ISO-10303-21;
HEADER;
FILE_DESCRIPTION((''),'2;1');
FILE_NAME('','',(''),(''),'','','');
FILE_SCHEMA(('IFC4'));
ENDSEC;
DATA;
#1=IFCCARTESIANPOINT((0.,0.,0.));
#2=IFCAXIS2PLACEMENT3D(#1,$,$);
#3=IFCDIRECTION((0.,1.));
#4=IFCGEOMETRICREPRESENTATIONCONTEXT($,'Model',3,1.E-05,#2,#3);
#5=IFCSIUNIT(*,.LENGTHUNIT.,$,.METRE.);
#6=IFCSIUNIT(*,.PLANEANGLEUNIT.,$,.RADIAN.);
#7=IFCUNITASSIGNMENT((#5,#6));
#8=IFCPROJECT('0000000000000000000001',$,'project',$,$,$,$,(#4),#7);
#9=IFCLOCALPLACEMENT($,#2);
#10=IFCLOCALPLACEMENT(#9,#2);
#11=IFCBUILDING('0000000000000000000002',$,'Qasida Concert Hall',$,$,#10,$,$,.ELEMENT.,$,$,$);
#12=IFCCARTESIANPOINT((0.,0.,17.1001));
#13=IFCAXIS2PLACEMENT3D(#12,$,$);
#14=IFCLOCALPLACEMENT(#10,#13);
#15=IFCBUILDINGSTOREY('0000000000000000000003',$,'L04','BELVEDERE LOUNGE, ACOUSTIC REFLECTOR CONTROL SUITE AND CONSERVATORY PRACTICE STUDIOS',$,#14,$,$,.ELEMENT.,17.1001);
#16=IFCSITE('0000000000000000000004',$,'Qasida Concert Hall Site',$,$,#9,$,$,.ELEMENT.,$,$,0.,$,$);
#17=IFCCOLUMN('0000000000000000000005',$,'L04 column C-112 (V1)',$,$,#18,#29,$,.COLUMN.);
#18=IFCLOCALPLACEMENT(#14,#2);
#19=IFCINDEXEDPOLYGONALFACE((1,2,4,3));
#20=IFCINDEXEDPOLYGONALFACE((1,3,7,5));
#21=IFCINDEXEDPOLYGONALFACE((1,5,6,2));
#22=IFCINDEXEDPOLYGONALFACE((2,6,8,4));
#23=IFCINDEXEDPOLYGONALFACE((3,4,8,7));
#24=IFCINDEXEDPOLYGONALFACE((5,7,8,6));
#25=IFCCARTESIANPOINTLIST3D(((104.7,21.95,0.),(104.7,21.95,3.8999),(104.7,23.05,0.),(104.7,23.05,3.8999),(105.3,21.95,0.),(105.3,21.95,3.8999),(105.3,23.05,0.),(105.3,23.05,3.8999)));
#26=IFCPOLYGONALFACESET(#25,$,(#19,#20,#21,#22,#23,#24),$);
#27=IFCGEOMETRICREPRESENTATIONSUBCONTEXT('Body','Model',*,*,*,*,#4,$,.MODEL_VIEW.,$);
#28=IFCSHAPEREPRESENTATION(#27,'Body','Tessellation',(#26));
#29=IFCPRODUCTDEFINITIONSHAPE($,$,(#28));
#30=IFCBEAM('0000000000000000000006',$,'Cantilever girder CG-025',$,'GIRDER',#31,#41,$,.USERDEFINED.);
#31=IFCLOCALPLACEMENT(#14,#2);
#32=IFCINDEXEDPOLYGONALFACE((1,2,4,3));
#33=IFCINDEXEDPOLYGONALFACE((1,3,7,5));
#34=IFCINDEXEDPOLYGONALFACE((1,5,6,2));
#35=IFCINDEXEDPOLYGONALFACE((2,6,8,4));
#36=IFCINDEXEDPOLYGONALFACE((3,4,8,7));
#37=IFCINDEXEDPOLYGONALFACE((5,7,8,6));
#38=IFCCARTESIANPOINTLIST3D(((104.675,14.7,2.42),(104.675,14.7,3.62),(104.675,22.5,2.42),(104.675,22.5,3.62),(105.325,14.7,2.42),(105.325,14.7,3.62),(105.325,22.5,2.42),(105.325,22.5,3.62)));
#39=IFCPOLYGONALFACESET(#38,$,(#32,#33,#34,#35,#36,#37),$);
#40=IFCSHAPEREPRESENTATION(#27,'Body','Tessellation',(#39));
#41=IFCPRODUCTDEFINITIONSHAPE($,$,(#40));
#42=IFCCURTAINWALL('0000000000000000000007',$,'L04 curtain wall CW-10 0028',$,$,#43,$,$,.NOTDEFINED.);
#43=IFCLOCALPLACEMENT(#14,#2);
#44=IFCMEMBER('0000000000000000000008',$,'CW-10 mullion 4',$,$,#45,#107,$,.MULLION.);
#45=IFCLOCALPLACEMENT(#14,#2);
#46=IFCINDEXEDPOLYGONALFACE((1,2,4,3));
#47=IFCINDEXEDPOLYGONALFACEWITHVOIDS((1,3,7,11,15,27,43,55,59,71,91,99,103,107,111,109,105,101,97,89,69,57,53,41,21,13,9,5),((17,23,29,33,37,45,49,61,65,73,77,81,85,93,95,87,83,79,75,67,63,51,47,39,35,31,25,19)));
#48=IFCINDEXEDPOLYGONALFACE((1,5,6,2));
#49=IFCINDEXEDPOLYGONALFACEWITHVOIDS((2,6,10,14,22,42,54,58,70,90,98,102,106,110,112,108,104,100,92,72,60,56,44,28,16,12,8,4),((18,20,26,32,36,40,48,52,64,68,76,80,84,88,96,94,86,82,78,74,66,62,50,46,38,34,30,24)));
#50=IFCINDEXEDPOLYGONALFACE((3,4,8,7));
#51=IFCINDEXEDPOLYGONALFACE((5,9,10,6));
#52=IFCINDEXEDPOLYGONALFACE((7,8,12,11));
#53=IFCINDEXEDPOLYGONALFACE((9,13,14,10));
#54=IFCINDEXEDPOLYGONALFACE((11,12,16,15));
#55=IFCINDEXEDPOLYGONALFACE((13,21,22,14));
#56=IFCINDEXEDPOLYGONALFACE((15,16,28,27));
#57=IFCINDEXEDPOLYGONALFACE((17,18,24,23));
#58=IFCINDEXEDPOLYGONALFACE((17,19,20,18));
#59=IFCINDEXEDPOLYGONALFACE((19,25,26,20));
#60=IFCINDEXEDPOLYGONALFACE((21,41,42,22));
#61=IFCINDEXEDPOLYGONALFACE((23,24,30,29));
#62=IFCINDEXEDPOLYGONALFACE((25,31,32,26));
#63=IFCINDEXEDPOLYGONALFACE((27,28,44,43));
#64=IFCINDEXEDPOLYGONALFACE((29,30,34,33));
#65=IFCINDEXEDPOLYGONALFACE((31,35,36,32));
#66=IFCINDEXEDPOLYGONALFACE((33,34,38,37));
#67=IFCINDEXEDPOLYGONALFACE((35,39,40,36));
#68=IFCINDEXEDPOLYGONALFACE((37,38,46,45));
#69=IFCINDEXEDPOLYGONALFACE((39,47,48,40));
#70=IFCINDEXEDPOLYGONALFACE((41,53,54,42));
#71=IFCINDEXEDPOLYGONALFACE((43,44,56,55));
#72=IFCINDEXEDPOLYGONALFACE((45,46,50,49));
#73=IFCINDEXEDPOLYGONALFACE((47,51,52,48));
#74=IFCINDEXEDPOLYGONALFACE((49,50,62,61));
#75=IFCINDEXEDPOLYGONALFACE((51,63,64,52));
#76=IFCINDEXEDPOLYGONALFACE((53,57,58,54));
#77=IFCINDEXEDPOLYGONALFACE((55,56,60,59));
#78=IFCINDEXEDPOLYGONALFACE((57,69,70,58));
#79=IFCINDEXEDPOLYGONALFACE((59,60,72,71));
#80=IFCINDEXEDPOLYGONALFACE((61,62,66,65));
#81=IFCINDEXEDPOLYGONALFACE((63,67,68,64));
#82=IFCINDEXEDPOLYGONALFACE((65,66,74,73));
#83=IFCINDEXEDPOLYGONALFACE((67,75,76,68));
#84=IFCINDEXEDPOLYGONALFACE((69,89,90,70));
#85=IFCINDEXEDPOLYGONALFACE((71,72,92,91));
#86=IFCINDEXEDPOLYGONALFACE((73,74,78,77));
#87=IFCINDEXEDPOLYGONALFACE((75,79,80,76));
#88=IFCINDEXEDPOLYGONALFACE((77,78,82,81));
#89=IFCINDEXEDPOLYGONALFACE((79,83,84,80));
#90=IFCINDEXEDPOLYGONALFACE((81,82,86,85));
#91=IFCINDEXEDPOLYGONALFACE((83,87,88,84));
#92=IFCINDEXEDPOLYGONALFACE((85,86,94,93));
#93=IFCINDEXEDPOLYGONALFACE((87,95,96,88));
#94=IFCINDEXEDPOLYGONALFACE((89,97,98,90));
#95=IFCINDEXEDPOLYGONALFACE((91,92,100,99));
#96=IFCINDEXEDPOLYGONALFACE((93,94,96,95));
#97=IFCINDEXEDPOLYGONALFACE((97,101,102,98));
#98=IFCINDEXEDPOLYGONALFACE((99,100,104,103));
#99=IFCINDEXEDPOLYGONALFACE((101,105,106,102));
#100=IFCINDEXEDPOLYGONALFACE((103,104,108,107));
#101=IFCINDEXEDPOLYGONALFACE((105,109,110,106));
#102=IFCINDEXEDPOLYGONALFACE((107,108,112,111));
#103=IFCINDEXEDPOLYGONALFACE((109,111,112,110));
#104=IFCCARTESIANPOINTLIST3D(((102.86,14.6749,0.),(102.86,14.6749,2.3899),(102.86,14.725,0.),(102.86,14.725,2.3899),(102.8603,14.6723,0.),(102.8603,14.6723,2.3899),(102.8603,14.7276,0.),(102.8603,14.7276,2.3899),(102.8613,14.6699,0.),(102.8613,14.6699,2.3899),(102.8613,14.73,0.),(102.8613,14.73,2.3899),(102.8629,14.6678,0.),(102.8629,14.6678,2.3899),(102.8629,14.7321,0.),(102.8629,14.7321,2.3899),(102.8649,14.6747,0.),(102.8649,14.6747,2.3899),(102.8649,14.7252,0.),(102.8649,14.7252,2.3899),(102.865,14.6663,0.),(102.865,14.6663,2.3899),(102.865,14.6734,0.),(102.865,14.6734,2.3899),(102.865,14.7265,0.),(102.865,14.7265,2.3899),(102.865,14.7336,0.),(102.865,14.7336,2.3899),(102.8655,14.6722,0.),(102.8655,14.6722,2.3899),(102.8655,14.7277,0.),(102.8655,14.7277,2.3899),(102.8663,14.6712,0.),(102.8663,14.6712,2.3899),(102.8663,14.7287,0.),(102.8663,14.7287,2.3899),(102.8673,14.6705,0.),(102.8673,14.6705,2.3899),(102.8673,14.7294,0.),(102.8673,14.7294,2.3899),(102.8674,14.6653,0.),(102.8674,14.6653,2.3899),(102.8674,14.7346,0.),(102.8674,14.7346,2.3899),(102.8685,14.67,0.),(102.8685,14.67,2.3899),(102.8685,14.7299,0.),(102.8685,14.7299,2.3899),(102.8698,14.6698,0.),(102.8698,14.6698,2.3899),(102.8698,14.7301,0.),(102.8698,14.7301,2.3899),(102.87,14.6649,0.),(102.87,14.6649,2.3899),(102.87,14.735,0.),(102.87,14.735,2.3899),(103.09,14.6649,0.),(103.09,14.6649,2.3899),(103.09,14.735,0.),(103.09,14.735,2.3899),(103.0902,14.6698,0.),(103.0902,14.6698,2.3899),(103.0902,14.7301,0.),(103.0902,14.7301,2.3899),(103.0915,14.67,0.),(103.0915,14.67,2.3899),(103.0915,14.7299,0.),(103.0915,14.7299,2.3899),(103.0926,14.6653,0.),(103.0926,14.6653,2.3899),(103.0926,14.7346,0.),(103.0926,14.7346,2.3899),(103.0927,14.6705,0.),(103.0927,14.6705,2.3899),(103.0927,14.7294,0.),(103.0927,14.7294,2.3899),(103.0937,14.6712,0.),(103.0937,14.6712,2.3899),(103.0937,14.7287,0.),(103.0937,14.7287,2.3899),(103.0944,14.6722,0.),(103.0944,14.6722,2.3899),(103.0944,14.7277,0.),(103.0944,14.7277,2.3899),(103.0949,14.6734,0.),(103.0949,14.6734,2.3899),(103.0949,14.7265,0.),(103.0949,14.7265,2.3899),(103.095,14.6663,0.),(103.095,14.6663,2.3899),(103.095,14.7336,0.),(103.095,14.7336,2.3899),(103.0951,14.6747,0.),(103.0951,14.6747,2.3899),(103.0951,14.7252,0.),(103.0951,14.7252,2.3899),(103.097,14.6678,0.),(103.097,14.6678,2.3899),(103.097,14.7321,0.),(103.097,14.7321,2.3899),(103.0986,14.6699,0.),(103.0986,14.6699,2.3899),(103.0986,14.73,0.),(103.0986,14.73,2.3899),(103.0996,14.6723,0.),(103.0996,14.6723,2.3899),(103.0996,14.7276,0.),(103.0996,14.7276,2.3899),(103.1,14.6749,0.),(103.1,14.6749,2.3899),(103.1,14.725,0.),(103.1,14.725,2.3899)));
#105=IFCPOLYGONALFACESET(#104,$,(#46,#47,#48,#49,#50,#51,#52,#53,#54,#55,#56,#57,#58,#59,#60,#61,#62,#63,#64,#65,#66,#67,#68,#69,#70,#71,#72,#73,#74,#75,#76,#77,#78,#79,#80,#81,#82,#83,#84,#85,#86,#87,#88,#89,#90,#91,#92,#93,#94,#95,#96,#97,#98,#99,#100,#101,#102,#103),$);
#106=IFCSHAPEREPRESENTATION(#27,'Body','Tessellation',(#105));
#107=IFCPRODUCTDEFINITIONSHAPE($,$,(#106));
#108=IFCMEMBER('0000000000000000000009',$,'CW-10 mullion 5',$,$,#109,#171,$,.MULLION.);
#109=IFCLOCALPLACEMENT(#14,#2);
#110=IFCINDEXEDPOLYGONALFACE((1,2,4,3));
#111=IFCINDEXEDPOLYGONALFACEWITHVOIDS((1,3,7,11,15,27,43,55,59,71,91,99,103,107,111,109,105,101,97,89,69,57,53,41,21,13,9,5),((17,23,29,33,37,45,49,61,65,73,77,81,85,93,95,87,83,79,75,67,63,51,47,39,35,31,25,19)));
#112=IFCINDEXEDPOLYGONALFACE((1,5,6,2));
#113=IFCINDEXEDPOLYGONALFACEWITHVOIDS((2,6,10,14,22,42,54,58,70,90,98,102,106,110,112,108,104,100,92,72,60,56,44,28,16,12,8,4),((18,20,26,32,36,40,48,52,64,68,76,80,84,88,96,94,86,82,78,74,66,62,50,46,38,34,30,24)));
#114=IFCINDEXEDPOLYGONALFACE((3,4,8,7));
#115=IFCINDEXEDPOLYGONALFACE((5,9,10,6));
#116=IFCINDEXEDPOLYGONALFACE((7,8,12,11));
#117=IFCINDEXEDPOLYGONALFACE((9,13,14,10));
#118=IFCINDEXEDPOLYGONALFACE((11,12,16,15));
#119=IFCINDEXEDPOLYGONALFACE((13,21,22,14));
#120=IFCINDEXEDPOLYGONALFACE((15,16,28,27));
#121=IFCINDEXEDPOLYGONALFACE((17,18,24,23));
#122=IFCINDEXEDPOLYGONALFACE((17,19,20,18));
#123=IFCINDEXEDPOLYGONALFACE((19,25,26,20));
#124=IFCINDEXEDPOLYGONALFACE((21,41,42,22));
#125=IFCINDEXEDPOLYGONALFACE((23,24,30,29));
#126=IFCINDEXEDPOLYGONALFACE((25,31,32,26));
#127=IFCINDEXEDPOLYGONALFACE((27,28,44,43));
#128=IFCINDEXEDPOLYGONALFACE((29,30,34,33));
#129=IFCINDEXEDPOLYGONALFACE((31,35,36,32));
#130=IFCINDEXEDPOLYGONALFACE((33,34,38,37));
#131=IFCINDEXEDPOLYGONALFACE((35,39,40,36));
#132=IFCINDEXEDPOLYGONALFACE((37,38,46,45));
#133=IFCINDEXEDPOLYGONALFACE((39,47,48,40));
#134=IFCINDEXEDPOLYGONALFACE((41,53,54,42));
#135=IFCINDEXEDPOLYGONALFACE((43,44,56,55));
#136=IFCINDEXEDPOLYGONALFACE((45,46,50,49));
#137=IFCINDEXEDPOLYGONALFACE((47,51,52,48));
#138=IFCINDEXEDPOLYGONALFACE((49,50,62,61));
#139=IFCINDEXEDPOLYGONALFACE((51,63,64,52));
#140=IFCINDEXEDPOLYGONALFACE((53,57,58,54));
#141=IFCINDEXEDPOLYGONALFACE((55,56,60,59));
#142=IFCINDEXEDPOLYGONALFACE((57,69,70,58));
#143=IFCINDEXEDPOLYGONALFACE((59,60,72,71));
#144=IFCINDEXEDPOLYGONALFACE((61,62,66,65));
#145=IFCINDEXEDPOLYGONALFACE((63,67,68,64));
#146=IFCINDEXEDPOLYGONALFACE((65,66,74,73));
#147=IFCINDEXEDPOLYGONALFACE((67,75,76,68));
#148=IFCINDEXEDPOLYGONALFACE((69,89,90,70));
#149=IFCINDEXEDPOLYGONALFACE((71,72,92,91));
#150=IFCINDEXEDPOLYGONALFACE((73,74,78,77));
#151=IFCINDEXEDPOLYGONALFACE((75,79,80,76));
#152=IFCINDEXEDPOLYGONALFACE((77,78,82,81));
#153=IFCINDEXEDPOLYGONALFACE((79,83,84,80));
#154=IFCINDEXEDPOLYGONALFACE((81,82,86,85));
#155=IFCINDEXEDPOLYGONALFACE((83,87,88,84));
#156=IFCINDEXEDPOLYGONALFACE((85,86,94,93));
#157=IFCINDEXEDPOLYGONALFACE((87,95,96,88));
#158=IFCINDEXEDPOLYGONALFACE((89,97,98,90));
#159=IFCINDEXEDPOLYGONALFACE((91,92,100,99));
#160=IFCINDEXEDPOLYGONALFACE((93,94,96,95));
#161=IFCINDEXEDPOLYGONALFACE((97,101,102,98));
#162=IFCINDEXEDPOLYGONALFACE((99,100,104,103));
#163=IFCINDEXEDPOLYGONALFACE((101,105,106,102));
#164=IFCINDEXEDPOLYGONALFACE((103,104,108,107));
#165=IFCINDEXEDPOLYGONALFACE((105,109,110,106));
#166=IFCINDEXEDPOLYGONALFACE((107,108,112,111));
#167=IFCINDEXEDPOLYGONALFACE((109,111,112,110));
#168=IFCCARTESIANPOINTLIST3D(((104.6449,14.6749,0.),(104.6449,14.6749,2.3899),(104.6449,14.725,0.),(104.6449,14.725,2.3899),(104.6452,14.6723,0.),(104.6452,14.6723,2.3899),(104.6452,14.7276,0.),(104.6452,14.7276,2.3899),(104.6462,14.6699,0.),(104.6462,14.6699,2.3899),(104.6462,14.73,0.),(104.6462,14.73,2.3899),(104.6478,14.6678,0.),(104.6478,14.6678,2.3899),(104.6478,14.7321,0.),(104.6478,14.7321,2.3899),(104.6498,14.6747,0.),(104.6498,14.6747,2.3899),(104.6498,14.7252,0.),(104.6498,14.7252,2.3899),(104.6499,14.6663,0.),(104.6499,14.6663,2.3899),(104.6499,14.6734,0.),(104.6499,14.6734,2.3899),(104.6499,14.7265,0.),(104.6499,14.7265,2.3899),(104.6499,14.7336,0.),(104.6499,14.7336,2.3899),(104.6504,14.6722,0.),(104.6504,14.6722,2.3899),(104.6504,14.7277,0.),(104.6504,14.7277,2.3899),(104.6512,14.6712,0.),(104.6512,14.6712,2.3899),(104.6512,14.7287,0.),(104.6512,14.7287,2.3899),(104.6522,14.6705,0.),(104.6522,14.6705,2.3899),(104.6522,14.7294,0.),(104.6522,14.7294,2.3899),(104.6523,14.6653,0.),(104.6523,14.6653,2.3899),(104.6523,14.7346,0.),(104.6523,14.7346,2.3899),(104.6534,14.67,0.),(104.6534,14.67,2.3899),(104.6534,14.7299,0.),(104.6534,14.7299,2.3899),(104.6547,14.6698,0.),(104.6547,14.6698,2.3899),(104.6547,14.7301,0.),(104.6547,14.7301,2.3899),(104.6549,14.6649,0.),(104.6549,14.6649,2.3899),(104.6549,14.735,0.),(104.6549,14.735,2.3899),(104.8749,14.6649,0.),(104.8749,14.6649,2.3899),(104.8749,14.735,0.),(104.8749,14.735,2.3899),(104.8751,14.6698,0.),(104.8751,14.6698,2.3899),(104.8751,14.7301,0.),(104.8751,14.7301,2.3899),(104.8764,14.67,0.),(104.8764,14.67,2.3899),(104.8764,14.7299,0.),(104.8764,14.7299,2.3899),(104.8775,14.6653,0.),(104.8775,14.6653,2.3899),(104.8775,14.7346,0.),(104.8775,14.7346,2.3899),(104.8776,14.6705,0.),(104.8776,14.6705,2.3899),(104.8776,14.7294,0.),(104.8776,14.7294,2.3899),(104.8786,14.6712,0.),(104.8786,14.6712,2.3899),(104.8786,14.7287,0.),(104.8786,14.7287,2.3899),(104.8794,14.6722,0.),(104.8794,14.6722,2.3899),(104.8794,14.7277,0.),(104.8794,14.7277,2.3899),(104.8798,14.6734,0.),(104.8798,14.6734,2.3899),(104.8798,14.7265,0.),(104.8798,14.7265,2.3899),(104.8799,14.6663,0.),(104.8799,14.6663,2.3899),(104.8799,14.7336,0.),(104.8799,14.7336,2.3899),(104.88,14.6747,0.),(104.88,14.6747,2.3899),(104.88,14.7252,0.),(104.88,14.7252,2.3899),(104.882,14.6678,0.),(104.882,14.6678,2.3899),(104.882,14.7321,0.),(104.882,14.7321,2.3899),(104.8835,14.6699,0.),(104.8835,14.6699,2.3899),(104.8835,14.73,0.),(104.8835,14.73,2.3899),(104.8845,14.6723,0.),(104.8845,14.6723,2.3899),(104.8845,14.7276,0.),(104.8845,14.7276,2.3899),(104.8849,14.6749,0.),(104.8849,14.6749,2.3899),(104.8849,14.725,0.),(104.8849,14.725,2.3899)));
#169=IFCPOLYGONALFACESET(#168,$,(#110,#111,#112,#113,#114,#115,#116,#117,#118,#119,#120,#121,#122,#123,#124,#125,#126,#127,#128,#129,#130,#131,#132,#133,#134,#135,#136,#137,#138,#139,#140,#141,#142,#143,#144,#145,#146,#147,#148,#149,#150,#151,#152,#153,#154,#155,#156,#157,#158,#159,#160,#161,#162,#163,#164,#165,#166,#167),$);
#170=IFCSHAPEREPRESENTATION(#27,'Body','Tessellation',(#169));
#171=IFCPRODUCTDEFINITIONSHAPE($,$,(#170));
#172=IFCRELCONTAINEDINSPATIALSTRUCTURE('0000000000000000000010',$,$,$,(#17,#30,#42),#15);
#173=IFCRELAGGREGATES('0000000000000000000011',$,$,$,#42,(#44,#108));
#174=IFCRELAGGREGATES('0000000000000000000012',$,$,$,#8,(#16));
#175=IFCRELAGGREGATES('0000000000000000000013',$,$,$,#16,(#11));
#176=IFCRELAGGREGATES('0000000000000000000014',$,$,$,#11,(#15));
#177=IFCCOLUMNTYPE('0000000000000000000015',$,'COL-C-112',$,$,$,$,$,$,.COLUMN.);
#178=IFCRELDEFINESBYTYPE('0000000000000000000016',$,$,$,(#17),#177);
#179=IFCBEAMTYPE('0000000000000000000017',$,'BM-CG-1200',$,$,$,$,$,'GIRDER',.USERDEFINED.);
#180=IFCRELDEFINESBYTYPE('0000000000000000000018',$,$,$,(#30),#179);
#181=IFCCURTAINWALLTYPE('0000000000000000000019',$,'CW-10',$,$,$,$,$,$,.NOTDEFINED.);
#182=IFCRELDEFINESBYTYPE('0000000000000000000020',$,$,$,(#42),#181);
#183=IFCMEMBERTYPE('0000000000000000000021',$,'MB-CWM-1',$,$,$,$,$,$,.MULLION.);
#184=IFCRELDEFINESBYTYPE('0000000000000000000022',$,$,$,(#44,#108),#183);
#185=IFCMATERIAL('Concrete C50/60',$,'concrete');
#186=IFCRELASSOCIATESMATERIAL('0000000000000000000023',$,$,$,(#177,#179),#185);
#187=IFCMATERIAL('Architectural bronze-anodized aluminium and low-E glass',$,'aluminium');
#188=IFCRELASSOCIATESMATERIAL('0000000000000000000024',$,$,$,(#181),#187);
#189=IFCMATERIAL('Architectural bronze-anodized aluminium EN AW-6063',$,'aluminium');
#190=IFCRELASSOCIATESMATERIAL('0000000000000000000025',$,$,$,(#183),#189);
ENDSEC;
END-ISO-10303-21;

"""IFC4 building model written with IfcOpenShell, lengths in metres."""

from ifc_helpers import new_model, si_unit, direction, frame, origin, origin_2d, place, context, subcontext, project, spatial, rectangle, hollow_rectangle, extrude, material, material_profile, profile_set, type_object, element, aggregate, save


model = new_model("IFC4")

# Units and contexts
model_context = context("Model", 3, precision=1e-05, world=origin(), true_north=direction((0.0, 1.0)))
body_context = subcontext(model_context, "Body", "Model", "MODEL_VIEW")
ifc_project = project(units=[si_unit("LENGTHUNIT", "METRE"), si_unit("PLANEANGLEUNIT", "RADIAN")], contexts=[model_context])

# Site, building, storey
site_placement = place(None, origin())
site = spatial("IfcSite", under=ifc_project, at=site_placement, Name="Qasida Concert Hall Site", CompositionType="ELEMENT", RefElevation=0.0)
building_placement = place(site_placement, origin())
building = spatial("IfcBuilding", under=site, at=building_placement, Name="Qasida Concert Hall", CompositionType="ELEMENT")
storey_placement = place(building_placement, frame((0.0, 0.0, 17.1001)))
storey = spatial("IfcBuildingStorey", under=building, at=storey_placement, Name="L04", Description="BELVEDERE LOUNGE, ACOUSTIC REFLECTOR CONTROL SUITE AND CONSERVATORY PRACTICE STUDIOS", CompositionType="ELEMENT", Elevation=17.1001)

# Column
ifc_material_1 = material(Name="Concrete C50/60", Category="concrete")
ifc_material_profile_1 = material_profile(ifc_material_1, rectangle(XDim=0.6001, YDim=1.1001, at=origin_2d()), Name="RC 600x1100")
ifc_profile_set_1 = profile_set([ifc_material_profile_1], Name="Concrete C50/60")
column_type = type_object("IfcColumnType", Name="COL-C-112", PredefinedType="COLUMN", material=ifc_profile_set_1)
column_placement = place(storey_placement, frame((105.0, 22.5, 0.0), z_axis=(0.0, 0.0, 1.0), x_axis=(1.0, 0.0, 0.0)))
element("IfcColumn", 1, at=column_placement, inside=storey, type_object=column_type, Name="L04 column C-112 (V1)", PredefinedType="COLUMN", context=body_context, shape_type="SweptSolid", body=[
    extrude(rectangle(XDim=0.6001, YDim=1.1001, at=origin_2d()), origin(), (0.0, 0.0, 1.0), 3.8999),
])

# Beam
ifc_material_profile_2 = material_profile(ifc_material_1, rectangle(XDim=0.6499, YDim=1.2, at=origin_2d()), Name="RC 650x1200")
ifc_profile_set_2 = profile_set([ifc_material_profile_2], Name="Concrete C50/60")
beam_type = type_object("IfcBeamType", Name="BM-CG-1200", ElementType="GIRDER", PredefinedType="USERDEFINED", material=ifc_profile_set_2)
beam_placement = place(storey_placement, frame((105.0, 22.5, 3.02), z_axis=(0.0, -1.0, 0.0), x_axis=(1.0, 0.0, 0.0)))
element("IfcBeam", 2, at=beam_placement, inside=storey, type_object=beam_type, Name="Cantilever girder CG-025", ObjectType="GIRDER", PredefinedType="USERDEFINED", context=body_context, shape_type="SweptSolid", body=[
    extrude(rectangle(XDim=0.6499, YDim=1.2, at=origin_2d()), origin(), (0.0, 0.0, 1.0), 7.8),
])

# Curtain wall, members
ifc_material_2 = material(Name="Architectural bronze-anodized aluminium and low-E glass", Category="aluminium")
curtain_wall_type = type_object("IfcCurtainWallType", Name="CW-10", PredefinedType="NOTDEFINED", material=ifc_material_2)
curtain_wall_placement = place(storey_placement, origin())
curtain_wall = element("IfcCurtainWall", 3, at=curtain_wall_placement, inside=storey, type_object=curtain_wall_type, Name="L04 curtain wall CW-10 0028", PredefinedType="NOTDEFINED")
ifc_material_3 = material(Name="Architectural bronze-anodized aluminium EN AW-6063", Category="aluminium")
ifc_material_profile_3 = material_profile(ifc_material_3, hollow_rectangle(XDim=0.0701, YDim=0.24, WallThickness=0.0049, InnerFilletRadius=0.0049, OuterFilletRadius=0.01, at=origin_2d()), Name="CWM 240x70x5")
ifc_profile_set_3 = profile_set([ifc_material_profile_3], Name="Architectural bronze-anodized aluminium EN AW-6063")
member_type_1 = type_object("IfcMemberType", Name="MB-CWM-1", PredefinedType="MULLION", material=ifc_profile_set_3)
member_1_placement = place(storey_placement, frame((102.98, 14.7, 0.0), z_axis=(0.0, 0.0, 1.0), x_axis=(0.0, 1.0, 0.0)))
member_1 = element("IfcMember", 4, at=member_1_placement, type_object=member_type_1, Name="CW-10 mullion 4", PredefinedType="MULLION", context=body_context, shape_type="SweptSolid", body=[
    extrude(hollow_rectangle(XDim=0.0701, YDim=0.24, WallThickness=0.0049, InnerFilletRadius=0.0049, OuterFilletRadius=0.01, at=origin_2d()), origin(), (0.0, 0.0, 1.0), 2.3899),
])
member_2_placement = place(storey_placement, frame((104.7649, 14.7, 0.0), z_axis=(0.0, 0.0, 1.0), x_axis=(0.0, 1.0, 0.0)))
member_2 = element("IfcMember", 5, at=member_2_placement, type_object=member_type_1, Name="CW-10 mullion 5", PredefinedType="MULLION", context=body_context, shape_type="SweptSolid", body=[
    extrude(hollow_rectangle(XDim=0.0701, YDim=0.24, WallThickness=0.0049, InnerFilletRadius=0.0049, OuterFilletRadius=0.01, at=origin_2d()), origin(), (0.0, 0.0, 1.0), 2.3899),
])

aggregate(curtain_wall, [member_1, member_2])

save(model, "model.ifc")
